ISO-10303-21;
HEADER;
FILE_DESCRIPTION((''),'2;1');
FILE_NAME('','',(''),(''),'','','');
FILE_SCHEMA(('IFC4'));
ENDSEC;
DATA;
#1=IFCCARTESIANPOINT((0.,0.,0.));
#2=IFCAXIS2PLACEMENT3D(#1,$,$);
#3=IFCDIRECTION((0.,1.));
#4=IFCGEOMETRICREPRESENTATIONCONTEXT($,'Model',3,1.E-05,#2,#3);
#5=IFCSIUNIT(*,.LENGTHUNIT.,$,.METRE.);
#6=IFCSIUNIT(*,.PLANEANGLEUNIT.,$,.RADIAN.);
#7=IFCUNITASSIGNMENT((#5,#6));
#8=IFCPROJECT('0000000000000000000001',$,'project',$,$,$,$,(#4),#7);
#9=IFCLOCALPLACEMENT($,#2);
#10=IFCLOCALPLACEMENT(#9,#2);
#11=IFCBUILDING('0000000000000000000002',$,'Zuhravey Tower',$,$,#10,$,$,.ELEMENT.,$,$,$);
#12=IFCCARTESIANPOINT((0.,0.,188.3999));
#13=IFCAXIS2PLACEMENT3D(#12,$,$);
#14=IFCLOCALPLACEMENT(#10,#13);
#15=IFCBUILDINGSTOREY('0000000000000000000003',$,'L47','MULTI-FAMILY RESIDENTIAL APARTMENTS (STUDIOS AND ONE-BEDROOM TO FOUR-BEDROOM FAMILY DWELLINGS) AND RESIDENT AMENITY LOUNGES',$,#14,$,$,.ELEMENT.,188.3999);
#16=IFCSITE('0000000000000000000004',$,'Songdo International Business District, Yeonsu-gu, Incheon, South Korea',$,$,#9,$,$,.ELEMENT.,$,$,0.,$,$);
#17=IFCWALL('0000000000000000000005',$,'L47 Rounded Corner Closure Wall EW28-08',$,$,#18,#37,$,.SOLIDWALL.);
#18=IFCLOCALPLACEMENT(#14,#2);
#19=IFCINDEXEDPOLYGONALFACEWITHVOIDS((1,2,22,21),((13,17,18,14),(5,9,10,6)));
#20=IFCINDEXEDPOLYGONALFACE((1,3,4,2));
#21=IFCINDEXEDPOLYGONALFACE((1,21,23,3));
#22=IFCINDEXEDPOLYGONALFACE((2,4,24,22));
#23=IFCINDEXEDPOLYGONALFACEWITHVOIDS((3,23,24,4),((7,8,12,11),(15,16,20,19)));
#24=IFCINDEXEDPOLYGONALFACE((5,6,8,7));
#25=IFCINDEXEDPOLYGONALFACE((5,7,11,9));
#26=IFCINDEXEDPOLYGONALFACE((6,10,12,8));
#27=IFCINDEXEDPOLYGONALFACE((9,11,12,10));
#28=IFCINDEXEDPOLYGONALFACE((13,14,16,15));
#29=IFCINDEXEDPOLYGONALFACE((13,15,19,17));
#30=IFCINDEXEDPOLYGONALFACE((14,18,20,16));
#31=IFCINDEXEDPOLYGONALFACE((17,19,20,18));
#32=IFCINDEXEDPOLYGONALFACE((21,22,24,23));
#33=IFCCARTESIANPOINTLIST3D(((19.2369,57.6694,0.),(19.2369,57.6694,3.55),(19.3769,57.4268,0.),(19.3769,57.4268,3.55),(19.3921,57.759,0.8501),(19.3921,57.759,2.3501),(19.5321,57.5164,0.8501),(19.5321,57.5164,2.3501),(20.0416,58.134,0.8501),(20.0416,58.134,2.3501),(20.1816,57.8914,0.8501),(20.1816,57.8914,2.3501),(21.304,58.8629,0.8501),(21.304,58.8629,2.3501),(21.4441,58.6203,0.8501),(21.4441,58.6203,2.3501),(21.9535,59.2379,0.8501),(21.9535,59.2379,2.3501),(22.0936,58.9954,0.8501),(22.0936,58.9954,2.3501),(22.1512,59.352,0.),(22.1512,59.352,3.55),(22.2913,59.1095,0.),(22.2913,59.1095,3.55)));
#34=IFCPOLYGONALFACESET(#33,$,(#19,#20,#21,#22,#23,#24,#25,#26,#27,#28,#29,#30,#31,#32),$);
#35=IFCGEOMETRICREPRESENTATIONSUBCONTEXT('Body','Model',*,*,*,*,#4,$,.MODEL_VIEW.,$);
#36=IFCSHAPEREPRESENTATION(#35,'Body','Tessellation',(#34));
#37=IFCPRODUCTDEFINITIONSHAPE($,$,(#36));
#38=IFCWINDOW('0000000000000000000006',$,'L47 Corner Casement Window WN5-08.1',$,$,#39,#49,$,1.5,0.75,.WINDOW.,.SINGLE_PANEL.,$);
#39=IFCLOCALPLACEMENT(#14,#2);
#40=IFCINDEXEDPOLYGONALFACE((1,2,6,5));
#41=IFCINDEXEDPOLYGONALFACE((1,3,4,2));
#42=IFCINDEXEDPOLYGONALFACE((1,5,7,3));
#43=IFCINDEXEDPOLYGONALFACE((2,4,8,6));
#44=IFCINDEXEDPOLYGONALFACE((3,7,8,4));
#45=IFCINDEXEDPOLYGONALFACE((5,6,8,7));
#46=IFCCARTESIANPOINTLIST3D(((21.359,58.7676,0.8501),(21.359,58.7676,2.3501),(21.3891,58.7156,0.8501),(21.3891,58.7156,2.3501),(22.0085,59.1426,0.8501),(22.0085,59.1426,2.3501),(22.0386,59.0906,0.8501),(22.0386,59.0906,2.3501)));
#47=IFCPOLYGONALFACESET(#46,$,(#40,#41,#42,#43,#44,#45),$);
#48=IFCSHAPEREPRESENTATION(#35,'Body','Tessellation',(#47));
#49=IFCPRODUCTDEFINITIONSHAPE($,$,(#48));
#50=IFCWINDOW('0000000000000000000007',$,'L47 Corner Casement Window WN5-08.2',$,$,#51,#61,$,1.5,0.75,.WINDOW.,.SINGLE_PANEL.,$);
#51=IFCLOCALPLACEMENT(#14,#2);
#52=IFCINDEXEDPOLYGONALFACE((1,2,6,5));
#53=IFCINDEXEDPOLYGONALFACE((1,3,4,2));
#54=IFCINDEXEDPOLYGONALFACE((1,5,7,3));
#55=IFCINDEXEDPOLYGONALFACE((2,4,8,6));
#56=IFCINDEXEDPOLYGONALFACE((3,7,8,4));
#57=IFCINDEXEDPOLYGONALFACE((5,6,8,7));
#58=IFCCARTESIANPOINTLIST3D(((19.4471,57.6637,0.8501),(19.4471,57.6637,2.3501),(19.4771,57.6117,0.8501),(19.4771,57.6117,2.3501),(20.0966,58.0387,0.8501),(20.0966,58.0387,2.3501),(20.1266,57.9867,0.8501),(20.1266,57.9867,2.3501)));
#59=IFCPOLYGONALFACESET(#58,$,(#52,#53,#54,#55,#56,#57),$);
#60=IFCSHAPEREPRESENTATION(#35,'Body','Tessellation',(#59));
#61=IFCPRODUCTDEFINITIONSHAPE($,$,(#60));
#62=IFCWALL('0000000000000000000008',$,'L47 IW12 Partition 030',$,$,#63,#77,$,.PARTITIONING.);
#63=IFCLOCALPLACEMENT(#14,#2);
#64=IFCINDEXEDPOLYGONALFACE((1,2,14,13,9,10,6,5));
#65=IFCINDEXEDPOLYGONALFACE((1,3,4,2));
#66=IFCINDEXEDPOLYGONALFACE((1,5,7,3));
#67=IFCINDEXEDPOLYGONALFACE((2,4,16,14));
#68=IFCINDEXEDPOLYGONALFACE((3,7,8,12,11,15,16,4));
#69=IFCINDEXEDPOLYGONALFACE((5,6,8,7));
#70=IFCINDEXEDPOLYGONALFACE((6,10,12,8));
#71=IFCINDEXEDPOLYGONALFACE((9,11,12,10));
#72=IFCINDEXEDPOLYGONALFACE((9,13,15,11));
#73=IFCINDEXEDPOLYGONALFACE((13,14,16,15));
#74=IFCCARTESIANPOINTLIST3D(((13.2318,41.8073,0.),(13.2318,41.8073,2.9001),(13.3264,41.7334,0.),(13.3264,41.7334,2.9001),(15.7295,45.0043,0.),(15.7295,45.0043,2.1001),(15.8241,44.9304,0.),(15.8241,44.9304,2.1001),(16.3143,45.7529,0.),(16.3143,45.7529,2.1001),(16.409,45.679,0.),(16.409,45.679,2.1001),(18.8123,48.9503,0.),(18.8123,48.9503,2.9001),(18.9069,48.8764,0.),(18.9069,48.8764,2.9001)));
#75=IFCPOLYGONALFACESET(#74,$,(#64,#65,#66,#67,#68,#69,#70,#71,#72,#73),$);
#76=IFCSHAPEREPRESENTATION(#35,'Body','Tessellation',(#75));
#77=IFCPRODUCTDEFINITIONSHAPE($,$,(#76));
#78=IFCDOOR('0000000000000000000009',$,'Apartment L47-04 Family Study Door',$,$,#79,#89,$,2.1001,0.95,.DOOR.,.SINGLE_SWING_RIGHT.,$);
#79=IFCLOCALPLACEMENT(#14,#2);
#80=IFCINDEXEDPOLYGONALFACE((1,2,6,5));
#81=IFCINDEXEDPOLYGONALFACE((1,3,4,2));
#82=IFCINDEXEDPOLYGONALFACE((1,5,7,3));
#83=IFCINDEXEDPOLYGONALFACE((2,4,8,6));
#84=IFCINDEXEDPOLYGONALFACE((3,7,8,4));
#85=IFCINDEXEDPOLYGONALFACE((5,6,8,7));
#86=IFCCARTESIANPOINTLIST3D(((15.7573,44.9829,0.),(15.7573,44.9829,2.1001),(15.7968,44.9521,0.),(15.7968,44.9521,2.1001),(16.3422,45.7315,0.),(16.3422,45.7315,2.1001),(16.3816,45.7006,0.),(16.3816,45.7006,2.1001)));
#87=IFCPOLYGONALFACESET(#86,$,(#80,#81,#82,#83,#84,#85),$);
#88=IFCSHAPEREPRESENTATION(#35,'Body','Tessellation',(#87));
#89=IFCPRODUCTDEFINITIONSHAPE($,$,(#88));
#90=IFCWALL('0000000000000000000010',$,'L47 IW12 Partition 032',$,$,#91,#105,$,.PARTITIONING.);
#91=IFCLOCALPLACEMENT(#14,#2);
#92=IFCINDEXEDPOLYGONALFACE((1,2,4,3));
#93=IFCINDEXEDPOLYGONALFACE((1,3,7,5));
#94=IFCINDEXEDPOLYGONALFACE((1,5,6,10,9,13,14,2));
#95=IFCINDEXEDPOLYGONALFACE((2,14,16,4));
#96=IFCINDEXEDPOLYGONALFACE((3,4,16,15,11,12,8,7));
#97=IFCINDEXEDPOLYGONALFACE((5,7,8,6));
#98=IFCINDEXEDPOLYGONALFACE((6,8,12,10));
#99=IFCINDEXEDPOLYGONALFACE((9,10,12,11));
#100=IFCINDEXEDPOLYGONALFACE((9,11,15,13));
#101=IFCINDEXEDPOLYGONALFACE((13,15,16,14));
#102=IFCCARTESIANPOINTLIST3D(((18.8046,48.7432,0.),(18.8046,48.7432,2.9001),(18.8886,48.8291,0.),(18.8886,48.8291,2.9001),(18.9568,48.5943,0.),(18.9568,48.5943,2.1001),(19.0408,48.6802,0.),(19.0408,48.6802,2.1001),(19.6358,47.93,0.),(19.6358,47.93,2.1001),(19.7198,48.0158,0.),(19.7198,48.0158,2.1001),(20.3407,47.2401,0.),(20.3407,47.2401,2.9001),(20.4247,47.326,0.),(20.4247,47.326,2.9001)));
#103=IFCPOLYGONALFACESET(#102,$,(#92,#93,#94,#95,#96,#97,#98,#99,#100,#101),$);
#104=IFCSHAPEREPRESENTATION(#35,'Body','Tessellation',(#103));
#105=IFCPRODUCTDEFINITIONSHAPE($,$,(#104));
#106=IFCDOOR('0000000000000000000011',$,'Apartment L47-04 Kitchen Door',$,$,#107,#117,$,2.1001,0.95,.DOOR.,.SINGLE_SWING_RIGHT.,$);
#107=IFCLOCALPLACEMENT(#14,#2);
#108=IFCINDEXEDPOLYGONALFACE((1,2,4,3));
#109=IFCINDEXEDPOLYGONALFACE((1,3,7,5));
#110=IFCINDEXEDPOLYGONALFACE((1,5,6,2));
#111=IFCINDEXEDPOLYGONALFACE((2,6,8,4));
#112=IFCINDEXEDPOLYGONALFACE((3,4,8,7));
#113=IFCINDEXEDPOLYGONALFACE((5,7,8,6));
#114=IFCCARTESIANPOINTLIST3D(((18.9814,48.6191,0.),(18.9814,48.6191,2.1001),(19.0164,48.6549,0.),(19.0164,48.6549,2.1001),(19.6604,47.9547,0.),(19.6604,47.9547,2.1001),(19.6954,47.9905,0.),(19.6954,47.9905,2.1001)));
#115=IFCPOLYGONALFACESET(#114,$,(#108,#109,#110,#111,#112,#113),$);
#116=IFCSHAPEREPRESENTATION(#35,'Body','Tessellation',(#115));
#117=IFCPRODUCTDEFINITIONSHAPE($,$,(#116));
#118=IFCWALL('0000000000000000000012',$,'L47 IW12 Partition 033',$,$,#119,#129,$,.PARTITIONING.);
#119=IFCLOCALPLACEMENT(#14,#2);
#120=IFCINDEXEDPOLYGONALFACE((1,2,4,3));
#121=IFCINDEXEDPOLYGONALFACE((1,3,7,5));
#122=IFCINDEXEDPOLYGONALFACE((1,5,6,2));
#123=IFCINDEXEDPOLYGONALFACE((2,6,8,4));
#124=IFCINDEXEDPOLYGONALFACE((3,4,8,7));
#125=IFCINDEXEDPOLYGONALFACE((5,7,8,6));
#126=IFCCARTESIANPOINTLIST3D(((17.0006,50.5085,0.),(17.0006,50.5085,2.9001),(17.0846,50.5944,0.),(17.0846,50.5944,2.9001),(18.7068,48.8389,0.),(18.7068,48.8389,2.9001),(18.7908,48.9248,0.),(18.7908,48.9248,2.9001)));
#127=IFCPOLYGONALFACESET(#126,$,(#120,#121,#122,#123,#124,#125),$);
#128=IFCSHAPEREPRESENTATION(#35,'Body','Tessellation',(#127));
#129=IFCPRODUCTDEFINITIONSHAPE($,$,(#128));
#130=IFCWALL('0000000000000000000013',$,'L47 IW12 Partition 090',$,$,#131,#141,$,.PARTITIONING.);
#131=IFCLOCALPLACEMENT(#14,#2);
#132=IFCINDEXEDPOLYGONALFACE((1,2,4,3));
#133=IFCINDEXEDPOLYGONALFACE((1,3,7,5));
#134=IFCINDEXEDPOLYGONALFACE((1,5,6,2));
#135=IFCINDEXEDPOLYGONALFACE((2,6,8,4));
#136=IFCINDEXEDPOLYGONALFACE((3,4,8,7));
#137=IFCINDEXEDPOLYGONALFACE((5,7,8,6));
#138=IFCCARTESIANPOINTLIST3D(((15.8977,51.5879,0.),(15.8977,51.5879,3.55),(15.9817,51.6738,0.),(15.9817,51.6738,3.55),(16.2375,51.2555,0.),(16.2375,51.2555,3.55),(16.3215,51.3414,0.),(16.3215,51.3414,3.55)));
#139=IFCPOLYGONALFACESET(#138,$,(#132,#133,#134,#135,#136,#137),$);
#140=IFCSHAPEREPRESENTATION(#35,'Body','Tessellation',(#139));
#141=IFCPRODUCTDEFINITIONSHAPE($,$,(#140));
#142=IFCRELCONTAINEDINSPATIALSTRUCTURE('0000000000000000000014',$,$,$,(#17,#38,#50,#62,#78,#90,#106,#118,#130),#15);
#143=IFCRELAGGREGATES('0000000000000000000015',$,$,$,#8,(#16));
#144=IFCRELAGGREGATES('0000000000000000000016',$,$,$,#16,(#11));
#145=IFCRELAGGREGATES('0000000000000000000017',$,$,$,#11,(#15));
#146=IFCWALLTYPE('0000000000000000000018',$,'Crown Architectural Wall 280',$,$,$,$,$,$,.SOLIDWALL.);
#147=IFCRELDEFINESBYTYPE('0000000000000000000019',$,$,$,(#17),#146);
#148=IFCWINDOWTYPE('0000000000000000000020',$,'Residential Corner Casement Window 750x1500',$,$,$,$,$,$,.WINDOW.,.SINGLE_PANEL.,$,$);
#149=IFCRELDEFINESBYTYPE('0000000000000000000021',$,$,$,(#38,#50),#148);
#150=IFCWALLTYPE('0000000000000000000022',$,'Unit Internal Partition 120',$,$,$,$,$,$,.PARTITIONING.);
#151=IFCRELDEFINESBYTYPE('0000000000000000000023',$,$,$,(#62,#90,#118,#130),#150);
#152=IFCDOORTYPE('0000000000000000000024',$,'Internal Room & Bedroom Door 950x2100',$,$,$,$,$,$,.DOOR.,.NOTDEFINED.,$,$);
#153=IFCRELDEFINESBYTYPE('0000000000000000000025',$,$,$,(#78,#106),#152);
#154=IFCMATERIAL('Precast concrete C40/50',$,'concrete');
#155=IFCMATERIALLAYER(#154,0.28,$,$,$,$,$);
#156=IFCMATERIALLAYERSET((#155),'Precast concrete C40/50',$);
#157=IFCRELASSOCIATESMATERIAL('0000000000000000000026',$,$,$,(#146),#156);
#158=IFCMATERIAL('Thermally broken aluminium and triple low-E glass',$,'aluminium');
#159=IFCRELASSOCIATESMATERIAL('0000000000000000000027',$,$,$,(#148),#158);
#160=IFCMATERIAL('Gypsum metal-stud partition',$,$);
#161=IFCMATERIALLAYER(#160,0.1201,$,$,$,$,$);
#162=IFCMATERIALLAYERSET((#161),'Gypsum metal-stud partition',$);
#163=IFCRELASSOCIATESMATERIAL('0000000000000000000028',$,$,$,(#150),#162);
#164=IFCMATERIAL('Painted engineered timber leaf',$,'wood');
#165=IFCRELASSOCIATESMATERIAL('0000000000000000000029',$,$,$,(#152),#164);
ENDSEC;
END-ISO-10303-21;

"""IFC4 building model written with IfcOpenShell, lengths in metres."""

from ifc_helpers import new_model, si_unit, direction, frame, frame_2d, origin, place, context, subcontext, project, spatial, rectangle, extrude, material, layer, layer_set, type_object, element, fill, save


model = new_model("IFC4")

# Units and contexts
model_context = context("Model", 3, precision=1e-05, world=origin(), true_north=direction((0.0, 1.0)))
body_context = subcontext(model_context, "Body", "Model", "MODEL_VIEW")
ifc_project = project(units=[si_unit("LENGTHUNIT", "METRE"), si_unit("PLANEANGLEUNIT", "RADIAN")], contexts=[model_context])

# Site, building, storey
site_placement = place(None, origin())
site = spatial("IfcSite", under=ifc_project, at=site_placement, Name="Songdo International Business District, Yeonsu-gu, Incheon, South Korea", CompositionType="ELEMENT", RefElevation=0.0)
building_placement = place(site_placement, origin())
building = spatial("IfcBuilding", under=site, at=building_placement, Name="Zuhravey Tower", CompositionType="ELEMENT")
storey_placement = place(building_placement, frame((0.0, 0.0, 188.3999)))
storey = spatial("IfcBuildingStorey", under=building, at=storey_placement, Name="L47", Description="MULTI-FAMILY RESIDENTIAL APARTMENTS (STUDIOS AND ONE-BEDROOM TO FOUR-BEDROOM FAMILY DWELLINGS) AND RESIDENT AMENITY LOUNGES", CompositionType="ELEMENT", Elevation=188.3999)

# Shared definitions
ifc_material_1 = material(Name="Precast concrete C40/50", Category="concrete")
ifc_layer_1 = layer(ifc_material_1, 0.28)
ifc_layer_set_1 = layer_set([ifc_layer_1], Name="Precast concrete C40/50")
wall_type_1 = type_object("IfcWallType", Name="Crown Architectural Wall 280", PredefinedType="SOLIDWALL", material=ifc_layer_set_1)

# Wall, openings, windows
wall_1_placement = place(storey_placement, frame((19.3069, 57.5481, 0.0), z_axis=(0.0, 0.0, 1.0), x_axis=(0.86602, 0.500009, 0.0)))
wall_1 = element("IfcWall", 1, at=wall_1_placement, inside=storey, type_object=wall_type_1, Name="L47 Rounded Corner Closure Wall EW28-08", PredefinedType="SOLIDWALL", context=body_context, shape_type="SweptSolid", body=[
    extrude(rectangle(XDim=3.3652, YDim=0.28, at=frame_2d((1.6826, 0.0))), origin(), (0.0, 0.0, 1.0), 3.55),
])
opening_1_placement = place(wall_1_placement, frame((2.387, 0.0, 0.8501)))
opening_1 = element("IfcOpeningElement", 2, at=opening_1_placement, cuts=wall_1, PredefinedType="OPENING", context=body_context, shape_type="SweptSolid", body=[
    extrude(rectangle(XDim=0.75, YDim=1.5, at=frame_2d((0.375, 0.75))), frame((0.0, 0.1521, 0.0), z_axis=(0.0, -1.0, 0.0), x_axis=(1.0, 0.0, 0.0)), (0.0, 0.0, 1.0), 0.304),
])
opening_2_placement = place(wall_1_placement, frame((0.1792, 0.0, 0.8501)))
opening_2 = element("IfcOpeningElement", 3, at=opening_2_placement, cuts=wall_1, PredefinedType="OPENING", context=body_context, shape_type="SweptSolid", body=[
    extrude(rectangle(XDim=0.75, YDim=1.5, at=frame_2d((0.375, 0.75))), frame((0.0, 0.1521, 0.0), z_axis=(0.0, -1.0, 0.0), x_axis=(1.0, 0.0, 0.0)), (0.0, 0.0, 1.0), 0.304),
])
ifc_material_2 = material(Name="Thermally broken aluminium and triple low-E glass", Category="aluminium")
window_type = type_object("IfcWindowType", Name="Residential Corner Casement Window 750x1500", PartitioningType="SINGLE_PANEL", PredefinedType="WINDOW", material=ifc_material_2)
window_1_placement = place(opening_1_placement, origin())
window_1 = element("IfcWindow", 4, at=window_1_placement, inside=storey, type_object=window_type, Name="L47 Corner Casement Window WN5-08.1", OverallHeight=1.5, OverallWidth=0.75, PartitioningType="SINGLE_PANEL", PredefinedType="WINDOW", context=body_context, shape_type="SweptSolid", body=[
    extrude(rectangle(XDim=0.75, YDim=1.5, at=frame_2d((0.375, 0.75))), frame((0.0, 0.03, 0.0), z_axis=(0.0, -1.0, 0.0), x_axis=(1.0, 0.0, 0.0)), (0.0, 0.0, 1.0), 0.0601),
])
fill(opening_1, window_1)
window_2_placement = place(opening_2_placement, origin())
window_2 = element("IfcWindow", 5, at=window_2_placement, inside=storey, type_object=window_type, Name="L47 Corner Casement Window WN5-08.2", OverallHeight=1.5, OverallWidth=0.75, PartitioningType="SINGLE_PANEL", PredefinedType="WINDOW", context=body_context, shape_type="SweptSolid", body=[
    extrude(rectangle(XDim=0.75, YDim=1.5, at=frame_2d((0.375, 0.75))), frame((0.0, 0.03, 0.0), z_axis=(0.0, -1.0, 0.0), x_axis=(1.0, 0.0, 0.0)), (0.0, 0.0, 1.0), 0.0601),
])
fill(opening_2, window_2)

# Walls, openings, doors
ifc_material_3 = material(Name="Gypsum metal-stud partition")
ifc_layer_2 = layer(ifc_material_3, 0.1201)
ifc_layer_set_2 = layer_set([ifc_layer_2], Name="Gypsum metal-stud partition")
wall_type_2 = type_object("IfcWallType", Name="Unit Internal Partition 120", PredefinedType="PARTITIONING", material=ifc_layer_set_2)
wall_2_placement = place(storey_placement, frame((18.8596, 48.9133, 0.0), z_axis=(0.0, 0.0, 1.0), x_axis=(-0.615647, -0.788022, 0.0)))
wall_2 = element("IfcWall", 6, at=wall_2_placement, inside=storey, type_object=wall_type_2, Name="L47 IW12 Partition 030", PredefinedType="PARTITIONING", context=body_context, shape_type="SweptSolid", body=[
    extrude(rectangle(XDim=9.0645, YDim=0.1201, at=frame_2d((4.5322, 0.0))), origin(), (0.0, 0.0, 1.0), 2.9001),
])
opening_3_placement = place(wall_2_placement, frame((4.0574, 0.0, 0.0)))
opening_3 = element("IfcOpeningElement", 7, at=opening_3_placement, cuts=wall_2, PredefinedType="OPENING", context=body_context, shape_type="SweptSolid", body=[
    extrude(rectangle(XDim=0.95, YDim=2.1001, at=frame_2d((0.4751, 1.05))), frame((0.0, 0.072, 0.0), z_axis=(0.0, -1.0, 0.0), x_axis=(1.0, 0.0, 0.0)), (0.0, 0.0, 1.0), 0.144),
])
ifc_material_4 = material(Name="Painted engineered timber leaf", Category="wood")
door_type_1 = type_object("IfcDoorType", Name="Internal Room & Bedroom Door 950x2100", OperationType="NOTDEFINED", PredefinedType="DOOR", material=ifc_material_4)
door_1_placement = place(opening_3_placement, frame((0.95, 0.0, 0.0), z_axis=(0.0, 0.0, 1.0), x_axis=(-1.0, 0.0, 0.0)))
door_1 = element("IfcDoor", 8, at=door_1_placement, inside=storey, type_object=door_type_1, Name="Apartment L47-04 Family Study Door", OperationType="SINGLE_SWING_RIGHT", OverallHeight=2.1001, OverallWidth=0.95, PredefinedType="DOOR", context=body_context, shape_type="SweptSolid", body=[
    extrude(rectangle(XDim=0.95, YDim=2.1001, at=frame_2d((0.4751, 1.05))), frame((0.0, 0.0249, 0.0), z_axis=(0.0, -1.0, 0.0), x_axis=(1.0, 0.0, 0.0)), (0.0, 0.0, 1.0), 0.05),
])
fill(opening_3, door_1)
wall_3_placement = place(storey_placement, frame((20.3828, 47.283, 0.0), z_axis=(0.0, 0.0, 1.0), x_axis=(-0.714733, 0.699398, 0.0)))
wall_3 = element("IfcWall", 9, at=wall_3_placement, inside=storey, type_object=wall_type_2, Name="L47 IW12 Partition 032", PredefinedType="PARTITIONING", context=body_context, shape_type="SweptSolid", body=[
    extrude(rectangle(XDim=2.1492, YDim=0.1201, at=frame_2d((1.0747, 0.0))), origin(), (0.0, 0.0, 1.0), 2.9001),
])
opening_4_placement = place(wall_3_placement, frame((0.9863, 0.0, 0.0)))
opening_4 = element("IfcOpeningElement", 10, at=opening_4_placement, cuts=wall_3, PredefinedType="OPENING", context=body_context, shape_type="SweptSolid", body=[
    extrude(rectangle(XDim=0.95, YDim=2.1001, at=frame_2d((0.4751, 1.05))), frame((0.0, 0.072, 0.0), z_axis=(0.0, -1.0, 0.0), x_axis=(1.0, 0.0, 0.0)), (0.0, 0.0, 1.0), 0.144),
])
door_2_placement = place(opening_4_placement, frame((0.95, 0.0, 0.0), z_axis=(0.0, 0.0, 1.0), x_axis=(-1.0, 0.0, 0.0)))
door_2 = element("IfcDoor", 11, at=door_2_placement, inside=storey, type_object=door_type_1, Name="Apartment L47-04 Kitchen Door", OperationType="SINGLE_SWING_RIGHT", OverallHeight=2.1001, OverallWidth=0.95, PredefinedType="DOOR", context=body_context, shape_type="SweptSolid", body=[
    extrude(rectangle(XDim=0.95, YDim=2.1001, at=frame_2d((0.4751, 1.05))), frame((0.0, 0.0249, 0.0), z_axis=(0.0, -1.0, 0.0), x_axis=(1.0, 0.0, 0.0)), (0.0, 0.0, 1.0), 0.05),
])
fill(opening_4, door_2)

# Walls
wall_4_placement = place(storey_placement, frame((18.7488, 48.8818, 0.0), z_axis=(0.0, 0.0, 1.0), x_axis=(-0.714735, 0.699395, 0.0)))
element("IfcWall", 12, at=wall_4_placement, inside=storey, type_object=wall_type_2, Name="L47 IW12 Partition 033", PredefinedType="PARTITIONING", context=body_context, shape_type="SweptSolid", body=[
    extrude(rectangle(XDim=2.3872, YDim=0.1201, at=frame_2d((1.1936, 0.0))), origin(), (0.0, 0.0, 1.0), 2.9001),
])
wall_5_placement = place(storey_placement, frame((16.2795, 51.2983, 0.0), z_axis=(0.0, 0.0, 1.0), x_axis=(-0.714767, 0.699363, 0.0)))
element("IfcWall", 13, at=wall_5_placement, inside=storey, type_object=wall_type_2, Name="L47 IW12 Partition 090", PredefinedType="PARTITIONING", context=body_context, shape_type="SweptSolid", body=[
    extrude(rectangle(XDim=0.4753, YDim=0.1201, at=frame_2d((0.2378, 0.0))), origin(), (0.0, 0.0, 1.0), 3.55),
])

save(model, "model.ifc")
